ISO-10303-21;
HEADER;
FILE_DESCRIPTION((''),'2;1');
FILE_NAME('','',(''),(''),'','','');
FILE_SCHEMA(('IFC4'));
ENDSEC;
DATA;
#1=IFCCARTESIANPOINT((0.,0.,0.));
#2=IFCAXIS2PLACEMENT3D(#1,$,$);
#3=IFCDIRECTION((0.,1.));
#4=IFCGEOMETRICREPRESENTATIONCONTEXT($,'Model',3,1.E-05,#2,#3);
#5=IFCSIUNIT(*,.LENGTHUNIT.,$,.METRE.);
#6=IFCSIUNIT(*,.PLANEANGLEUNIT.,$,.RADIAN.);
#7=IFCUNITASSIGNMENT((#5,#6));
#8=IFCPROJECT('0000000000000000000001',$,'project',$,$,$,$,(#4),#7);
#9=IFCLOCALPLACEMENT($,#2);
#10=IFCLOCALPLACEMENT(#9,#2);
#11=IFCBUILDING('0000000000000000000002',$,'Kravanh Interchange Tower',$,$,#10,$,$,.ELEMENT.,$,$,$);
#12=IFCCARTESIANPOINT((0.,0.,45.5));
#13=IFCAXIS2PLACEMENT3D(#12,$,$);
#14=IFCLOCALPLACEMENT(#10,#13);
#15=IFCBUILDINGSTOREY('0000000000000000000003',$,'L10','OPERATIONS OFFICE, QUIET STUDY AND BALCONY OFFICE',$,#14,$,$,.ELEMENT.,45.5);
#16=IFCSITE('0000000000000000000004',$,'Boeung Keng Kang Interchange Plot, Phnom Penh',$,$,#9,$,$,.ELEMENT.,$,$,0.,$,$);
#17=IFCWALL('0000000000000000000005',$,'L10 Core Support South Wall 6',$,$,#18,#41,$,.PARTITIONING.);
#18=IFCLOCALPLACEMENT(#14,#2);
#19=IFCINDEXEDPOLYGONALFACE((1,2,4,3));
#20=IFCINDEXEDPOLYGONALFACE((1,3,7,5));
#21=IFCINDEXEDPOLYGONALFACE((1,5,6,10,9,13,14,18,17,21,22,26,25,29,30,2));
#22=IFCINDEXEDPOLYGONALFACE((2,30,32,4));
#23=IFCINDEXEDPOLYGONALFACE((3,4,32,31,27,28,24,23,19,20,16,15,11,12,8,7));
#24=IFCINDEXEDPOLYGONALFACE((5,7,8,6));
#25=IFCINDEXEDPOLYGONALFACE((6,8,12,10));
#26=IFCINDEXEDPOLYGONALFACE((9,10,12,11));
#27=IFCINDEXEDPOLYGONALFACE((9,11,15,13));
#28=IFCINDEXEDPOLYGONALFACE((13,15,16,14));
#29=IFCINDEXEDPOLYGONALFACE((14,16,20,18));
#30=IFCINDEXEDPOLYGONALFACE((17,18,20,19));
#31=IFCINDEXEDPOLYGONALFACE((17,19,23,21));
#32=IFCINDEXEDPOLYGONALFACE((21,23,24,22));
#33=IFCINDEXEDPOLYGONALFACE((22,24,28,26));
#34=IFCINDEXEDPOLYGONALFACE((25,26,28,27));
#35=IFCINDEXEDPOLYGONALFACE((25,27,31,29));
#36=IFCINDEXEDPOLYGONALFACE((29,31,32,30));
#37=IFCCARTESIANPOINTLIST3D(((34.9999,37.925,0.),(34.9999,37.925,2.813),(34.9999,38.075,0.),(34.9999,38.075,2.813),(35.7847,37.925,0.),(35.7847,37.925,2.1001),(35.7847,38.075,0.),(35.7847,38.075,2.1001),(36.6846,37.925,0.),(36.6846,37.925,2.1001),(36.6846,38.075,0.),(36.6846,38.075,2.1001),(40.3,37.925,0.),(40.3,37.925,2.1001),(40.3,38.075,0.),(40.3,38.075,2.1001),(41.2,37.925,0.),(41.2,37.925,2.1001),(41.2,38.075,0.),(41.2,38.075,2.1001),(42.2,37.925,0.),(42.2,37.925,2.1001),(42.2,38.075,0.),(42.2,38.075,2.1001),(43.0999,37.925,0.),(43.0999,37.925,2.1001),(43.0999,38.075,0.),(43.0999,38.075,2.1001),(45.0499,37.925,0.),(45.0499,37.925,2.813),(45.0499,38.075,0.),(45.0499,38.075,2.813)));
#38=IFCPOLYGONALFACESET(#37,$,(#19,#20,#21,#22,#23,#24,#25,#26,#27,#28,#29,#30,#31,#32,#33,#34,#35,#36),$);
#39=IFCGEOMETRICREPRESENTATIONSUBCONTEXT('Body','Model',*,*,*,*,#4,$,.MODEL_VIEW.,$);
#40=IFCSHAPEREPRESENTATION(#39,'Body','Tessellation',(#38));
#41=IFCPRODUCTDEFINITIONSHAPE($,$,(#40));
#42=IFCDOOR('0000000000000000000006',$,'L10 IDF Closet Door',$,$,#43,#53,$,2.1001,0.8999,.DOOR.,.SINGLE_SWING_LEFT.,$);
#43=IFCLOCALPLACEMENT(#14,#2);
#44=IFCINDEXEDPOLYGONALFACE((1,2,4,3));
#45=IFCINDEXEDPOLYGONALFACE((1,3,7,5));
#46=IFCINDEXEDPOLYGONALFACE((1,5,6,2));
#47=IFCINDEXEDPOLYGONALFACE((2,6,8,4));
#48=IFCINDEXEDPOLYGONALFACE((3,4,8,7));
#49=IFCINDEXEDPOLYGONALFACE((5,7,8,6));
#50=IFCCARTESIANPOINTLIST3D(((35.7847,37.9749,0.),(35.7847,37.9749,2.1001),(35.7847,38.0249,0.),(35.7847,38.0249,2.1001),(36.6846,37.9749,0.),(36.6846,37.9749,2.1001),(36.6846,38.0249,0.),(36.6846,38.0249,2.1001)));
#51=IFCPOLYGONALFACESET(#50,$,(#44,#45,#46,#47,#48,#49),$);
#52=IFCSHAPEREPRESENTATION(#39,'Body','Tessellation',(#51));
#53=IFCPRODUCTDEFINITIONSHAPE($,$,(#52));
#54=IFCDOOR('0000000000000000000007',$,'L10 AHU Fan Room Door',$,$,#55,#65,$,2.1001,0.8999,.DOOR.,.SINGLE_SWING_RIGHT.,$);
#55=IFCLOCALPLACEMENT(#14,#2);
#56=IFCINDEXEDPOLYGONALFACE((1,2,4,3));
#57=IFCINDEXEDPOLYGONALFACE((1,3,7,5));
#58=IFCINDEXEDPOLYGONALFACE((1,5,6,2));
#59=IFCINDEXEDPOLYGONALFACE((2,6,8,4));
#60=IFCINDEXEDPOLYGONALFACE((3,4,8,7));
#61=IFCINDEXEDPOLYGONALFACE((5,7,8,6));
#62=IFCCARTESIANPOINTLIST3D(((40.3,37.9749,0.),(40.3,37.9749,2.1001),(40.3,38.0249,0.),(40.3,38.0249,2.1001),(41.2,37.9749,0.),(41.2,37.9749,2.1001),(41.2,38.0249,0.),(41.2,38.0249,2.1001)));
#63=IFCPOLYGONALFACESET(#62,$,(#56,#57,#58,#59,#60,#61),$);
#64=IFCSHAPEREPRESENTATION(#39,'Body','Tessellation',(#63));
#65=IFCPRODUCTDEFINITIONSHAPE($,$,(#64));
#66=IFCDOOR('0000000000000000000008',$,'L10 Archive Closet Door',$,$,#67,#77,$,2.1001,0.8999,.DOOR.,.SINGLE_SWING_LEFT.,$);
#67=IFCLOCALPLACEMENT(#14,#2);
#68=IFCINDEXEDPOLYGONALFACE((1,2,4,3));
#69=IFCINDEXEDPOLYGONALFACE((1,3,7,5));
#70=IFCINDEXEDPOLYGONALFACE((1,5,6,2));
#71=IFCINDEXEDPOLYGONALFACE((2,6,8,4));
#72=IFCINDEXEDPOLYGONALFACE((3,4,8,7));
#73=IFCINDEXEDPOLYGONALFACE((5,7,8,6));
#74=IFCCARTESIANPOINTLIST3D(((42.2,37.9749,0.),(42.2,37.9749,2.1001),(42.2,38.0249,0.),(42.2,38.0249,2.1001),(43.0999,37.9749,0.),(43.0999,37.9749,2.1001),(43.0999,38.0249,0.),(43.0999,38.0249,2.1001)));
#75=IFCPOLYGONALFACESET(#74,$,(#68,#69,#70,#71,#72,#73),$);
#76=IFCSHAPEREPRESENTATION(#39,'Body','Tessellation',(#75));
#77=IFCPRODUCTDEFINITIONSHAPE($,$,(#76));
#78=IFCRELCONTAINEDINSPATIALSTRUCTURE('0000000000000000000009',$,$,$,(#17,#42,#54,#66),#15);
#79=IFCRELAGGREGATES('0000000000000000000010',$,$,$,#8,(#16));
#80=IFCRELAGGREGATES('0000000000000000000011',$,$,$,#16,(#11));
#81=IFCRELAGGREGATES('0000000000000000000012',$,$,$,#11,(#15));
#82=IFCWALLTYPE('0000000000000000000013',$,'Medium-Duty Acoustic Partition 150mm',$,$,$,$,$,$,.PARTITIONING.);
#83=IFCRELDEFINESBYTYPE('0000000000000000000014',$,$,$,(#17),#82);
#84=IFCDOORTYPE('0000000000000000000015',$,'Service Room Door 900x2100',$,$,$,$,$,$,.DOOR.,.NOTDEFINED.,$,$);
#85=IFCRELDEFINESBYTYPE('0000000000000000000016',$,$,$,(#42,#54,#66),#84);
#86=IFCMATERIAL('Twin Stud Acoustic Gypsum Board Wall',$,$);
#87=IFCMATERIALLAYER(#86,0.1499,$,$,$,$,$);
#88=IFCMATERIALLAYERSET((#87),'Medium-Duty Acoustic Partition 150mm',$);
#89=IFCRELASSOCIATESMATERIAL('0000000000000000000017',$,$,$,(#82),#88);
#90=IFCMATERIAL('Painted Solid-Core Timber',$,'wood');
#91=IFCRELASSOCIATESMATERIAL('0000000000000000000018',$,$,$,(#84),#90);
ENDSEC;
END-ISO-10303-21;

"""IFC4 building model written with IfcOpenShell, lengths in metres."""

from ifc_helpers import new_model, si_unit, direction, frame, frame_2d, origin, place, context, subcontext, project, spatial, rectangle, extrude, material, layer, layer_set, type_object, element, fill, save


model = new_model("IFC4")

# Units and contexts
model_context = context("Model", 3, precision=1e-05, world=origin(), true_north=direction((0.0, 1.0)))
body_context = subcontext(model_context, "Body", "Model", "MODEL_VIEW")
ifc_project = project(units=[si_unit("LENGTHUNIT", "METRE"), si_unit("PLANEANGLEUNIT", "RADIAN")], contexts=[model_context])

# Site, building, storey
site_placement = place(None, origin())
site = spatial("IfcSite", under=ifc_project, at=site_placement, Name="Boeung Keng Kang Interchange Plot, Phnom Penh", CompositionType="ELEMENT", RefElevation=0.0)
building_placement = place(site_placement, origin())
building = spatial("IfcBuilding", under=site, at=building_placement, Name="Kravanh Interchange Tower", CompositionType="ELEMENT")
storey_placement = place(building_placement, frame((0.0, 0.0, 45.5)))
storey = spatial("IfcBuildingStorey", under=building, at=storey_placement, Name="L10", Description="OPERATIONS OFFICE, QUIET STUDY AND BALCONY OFFICE", CompositionType="ELEMENT", Elevation=45.5)

# Wall, openings, doors
ifc_material_1 = material(Name="Twin Stud Acoustic Gypsum Board Wall")
ifc_layer_1 = layer(ifc_material_1, 0.1499)
ifc_layer_set_1 = layer_set([ifc_layer_1], Name="Medium-Duty Acoustic Partition 150mm")
wall_type_1 = type_object("IfcWallType", Name="Medium-Duty Acoustic Partition 150mm", PredefinedType="PARTITIONING", material=ifc_layer_set_1)
wall_1_placement = place(storey_placement, frame((35.0, 38.0, 0.0), z_axis=(0.0, 0.0, 1.0), x_axis=(1.0, 0.0, 0.0)))
wall_1 = element("IfcWall", 1, at=wall_1_placement, inside=storey, type_object=wall_type_1, Name="L10 Core Support South Wall 6", PredefinedType="PARTITIONING", context=body_context, shape_type="SweptSolid", body=[
    extrude(rectangle(XDim=10.05, YDim=0.1499, at=frame_2d((5.0249, 0.0))), origin(), (0.0, 0.0, 1.0), 2.813),
])
opening_1_placement = place(wall_1_placement, frame((0.7847, 0.0, 0.0)))
opening_1 = element("IfcOpeningElement", 2, at=opening_1_placement, cuts=wall_1, PredefinedType="OPENING", context=body_context, shape_type="SweptSolid", body=[
    extrude(rectangle(XDim=0.8999, YDim=2.1001, at=frame_2d((0.45, 1.05))), frame((0.0, 0.085, 0.0), z_axis=(0.0, -1.0, 0.0), x_axis=(1.0, 0.0, 0.0)), (0.0, 0.0, 1.0), 0.1699),
])
opening_2_placement = place(wall_1_placement, frame((5.3, 0.0, 0.0)))
opening_2 = element("IfcOpeningElement", 3, at=opening_2_placement, cuts=wall_1, PredefinedType="OPENING", context=body_context, shape_type="SweptSolid", body=[
    extrude(rectangle(XDim=0.8999, YDim=2.1001, at=frame_2d((0.45, 1.05))), frame((0.0, 0.085, 0.0), z_axis=(0.0, -1.0, 0.0), x_axis=(1.0, 0.0, 0.0)), (0.0, 0.0, 1.0), 0.1699),
])
opening_3_placement = place(wall_1_placement, frame((7.2, 0.0, 0.0)))
opening_3 = element("IfcOpeningElement", 4, at=opening_3_placement, cuts=wall_1, PredefinedType="OPENING", context=body_context, shape_type="SweptSolid", body=[
    extrude(rectangle(XDim=0.8999, YDim=2.1001, at=frame_2d((0.45, 1.05))), frame((0.0, 0.085, 0.0), z_axis=(0.0, -1.0, 0.0), x_axis=(1.0, 0.0, 0.0)), (0.0, 0.0, 1.0), 0.1699),
])
ifc_material_2 = material(Name="Painted Solid-Core Timber", Category="wood")
door_type = type_object("IfcDoorType", Name="Service Room Door 900x2100", OperationType="NOTDEFINED", PredefinedType="DOOR", material=ifc_material_2)
door_1_placement = place(opening_1_placement, origin())
door_1 = element("IfcDoor", 5, at=door_1_placement, inside=storey, type_object=door_type, Name="L10 IDF Closet Door", OperationType="SINGLE_SWING_LEFT", OverallHeight=2.1001, OverallWidth=0.8999, PredefinedType="DOOR", context=body_context, shape_type="SweptSolid", body=[
    extrude(rectangle(XDim=0.8999, YDim=2.1001, at=frame_2d((0.45, 1.05))), frame((0.0, 0.0249, 0.0), z_axis=(0.0, -1.0, 0.0), x_axis=(1.0, 0.0, 0.0)), (0.0, 0.0, 1.0), 0.05),
])
fill(opening_1, door_1)
door_2_placement = place(opening_2_placement, origin())
door_2 = element("IfcDoor", 6, at=door_2_placement, inside=storey, type_object=door_type, Name="L10 AHU Fan Room Door", OperationType="SINGLE_SWING_RIGHT", OverallHeight=2.1001, OverallWidth=0.8999, PredefinedType="DOOR", context=body_context, shape_type="SweptSolid", body=[
    extrude(rectangle(XDim=0.8999, YDim=2.1001, at=frame_2d((0.45, 1.05))), frame((0.0, 0.0249, 0.0), z_axis=(0.0, -1.0, 0.0), x_axis=(1.0, 0.0, 0.0)), (0.0, 0.0, 1.0), 0.05),
])
fill(opening_2, door_2)
door_3_placement = place(opening_3_placement, origin())
door_3 = element("IfcDoor", 7, at=door_3_placement, inside=storey, type_object=door_type, Name="L10 Archive Closet Door", OperationType="SINGLE_SWING_LEFT", OverallHeight=2.1001, OverallWidth=0.8999, PredefinedType="DOOR", context=body_context, shape_type="SweptSolid", body=[
    extrude(rectangle(XDim=0.8999, YDim=2.1001, at=frame_2d((0.45, 1.05))), frame((0.0, 0.0249, 0.0), z_axis=(0.0, -1.0, 0.0), x_axis=(1.0, 0.0, 0.0)), (0.0, 0.0, 1.0), 0.05),
])
fill(opening_3, door_3)

save(model, "model.ifc")
